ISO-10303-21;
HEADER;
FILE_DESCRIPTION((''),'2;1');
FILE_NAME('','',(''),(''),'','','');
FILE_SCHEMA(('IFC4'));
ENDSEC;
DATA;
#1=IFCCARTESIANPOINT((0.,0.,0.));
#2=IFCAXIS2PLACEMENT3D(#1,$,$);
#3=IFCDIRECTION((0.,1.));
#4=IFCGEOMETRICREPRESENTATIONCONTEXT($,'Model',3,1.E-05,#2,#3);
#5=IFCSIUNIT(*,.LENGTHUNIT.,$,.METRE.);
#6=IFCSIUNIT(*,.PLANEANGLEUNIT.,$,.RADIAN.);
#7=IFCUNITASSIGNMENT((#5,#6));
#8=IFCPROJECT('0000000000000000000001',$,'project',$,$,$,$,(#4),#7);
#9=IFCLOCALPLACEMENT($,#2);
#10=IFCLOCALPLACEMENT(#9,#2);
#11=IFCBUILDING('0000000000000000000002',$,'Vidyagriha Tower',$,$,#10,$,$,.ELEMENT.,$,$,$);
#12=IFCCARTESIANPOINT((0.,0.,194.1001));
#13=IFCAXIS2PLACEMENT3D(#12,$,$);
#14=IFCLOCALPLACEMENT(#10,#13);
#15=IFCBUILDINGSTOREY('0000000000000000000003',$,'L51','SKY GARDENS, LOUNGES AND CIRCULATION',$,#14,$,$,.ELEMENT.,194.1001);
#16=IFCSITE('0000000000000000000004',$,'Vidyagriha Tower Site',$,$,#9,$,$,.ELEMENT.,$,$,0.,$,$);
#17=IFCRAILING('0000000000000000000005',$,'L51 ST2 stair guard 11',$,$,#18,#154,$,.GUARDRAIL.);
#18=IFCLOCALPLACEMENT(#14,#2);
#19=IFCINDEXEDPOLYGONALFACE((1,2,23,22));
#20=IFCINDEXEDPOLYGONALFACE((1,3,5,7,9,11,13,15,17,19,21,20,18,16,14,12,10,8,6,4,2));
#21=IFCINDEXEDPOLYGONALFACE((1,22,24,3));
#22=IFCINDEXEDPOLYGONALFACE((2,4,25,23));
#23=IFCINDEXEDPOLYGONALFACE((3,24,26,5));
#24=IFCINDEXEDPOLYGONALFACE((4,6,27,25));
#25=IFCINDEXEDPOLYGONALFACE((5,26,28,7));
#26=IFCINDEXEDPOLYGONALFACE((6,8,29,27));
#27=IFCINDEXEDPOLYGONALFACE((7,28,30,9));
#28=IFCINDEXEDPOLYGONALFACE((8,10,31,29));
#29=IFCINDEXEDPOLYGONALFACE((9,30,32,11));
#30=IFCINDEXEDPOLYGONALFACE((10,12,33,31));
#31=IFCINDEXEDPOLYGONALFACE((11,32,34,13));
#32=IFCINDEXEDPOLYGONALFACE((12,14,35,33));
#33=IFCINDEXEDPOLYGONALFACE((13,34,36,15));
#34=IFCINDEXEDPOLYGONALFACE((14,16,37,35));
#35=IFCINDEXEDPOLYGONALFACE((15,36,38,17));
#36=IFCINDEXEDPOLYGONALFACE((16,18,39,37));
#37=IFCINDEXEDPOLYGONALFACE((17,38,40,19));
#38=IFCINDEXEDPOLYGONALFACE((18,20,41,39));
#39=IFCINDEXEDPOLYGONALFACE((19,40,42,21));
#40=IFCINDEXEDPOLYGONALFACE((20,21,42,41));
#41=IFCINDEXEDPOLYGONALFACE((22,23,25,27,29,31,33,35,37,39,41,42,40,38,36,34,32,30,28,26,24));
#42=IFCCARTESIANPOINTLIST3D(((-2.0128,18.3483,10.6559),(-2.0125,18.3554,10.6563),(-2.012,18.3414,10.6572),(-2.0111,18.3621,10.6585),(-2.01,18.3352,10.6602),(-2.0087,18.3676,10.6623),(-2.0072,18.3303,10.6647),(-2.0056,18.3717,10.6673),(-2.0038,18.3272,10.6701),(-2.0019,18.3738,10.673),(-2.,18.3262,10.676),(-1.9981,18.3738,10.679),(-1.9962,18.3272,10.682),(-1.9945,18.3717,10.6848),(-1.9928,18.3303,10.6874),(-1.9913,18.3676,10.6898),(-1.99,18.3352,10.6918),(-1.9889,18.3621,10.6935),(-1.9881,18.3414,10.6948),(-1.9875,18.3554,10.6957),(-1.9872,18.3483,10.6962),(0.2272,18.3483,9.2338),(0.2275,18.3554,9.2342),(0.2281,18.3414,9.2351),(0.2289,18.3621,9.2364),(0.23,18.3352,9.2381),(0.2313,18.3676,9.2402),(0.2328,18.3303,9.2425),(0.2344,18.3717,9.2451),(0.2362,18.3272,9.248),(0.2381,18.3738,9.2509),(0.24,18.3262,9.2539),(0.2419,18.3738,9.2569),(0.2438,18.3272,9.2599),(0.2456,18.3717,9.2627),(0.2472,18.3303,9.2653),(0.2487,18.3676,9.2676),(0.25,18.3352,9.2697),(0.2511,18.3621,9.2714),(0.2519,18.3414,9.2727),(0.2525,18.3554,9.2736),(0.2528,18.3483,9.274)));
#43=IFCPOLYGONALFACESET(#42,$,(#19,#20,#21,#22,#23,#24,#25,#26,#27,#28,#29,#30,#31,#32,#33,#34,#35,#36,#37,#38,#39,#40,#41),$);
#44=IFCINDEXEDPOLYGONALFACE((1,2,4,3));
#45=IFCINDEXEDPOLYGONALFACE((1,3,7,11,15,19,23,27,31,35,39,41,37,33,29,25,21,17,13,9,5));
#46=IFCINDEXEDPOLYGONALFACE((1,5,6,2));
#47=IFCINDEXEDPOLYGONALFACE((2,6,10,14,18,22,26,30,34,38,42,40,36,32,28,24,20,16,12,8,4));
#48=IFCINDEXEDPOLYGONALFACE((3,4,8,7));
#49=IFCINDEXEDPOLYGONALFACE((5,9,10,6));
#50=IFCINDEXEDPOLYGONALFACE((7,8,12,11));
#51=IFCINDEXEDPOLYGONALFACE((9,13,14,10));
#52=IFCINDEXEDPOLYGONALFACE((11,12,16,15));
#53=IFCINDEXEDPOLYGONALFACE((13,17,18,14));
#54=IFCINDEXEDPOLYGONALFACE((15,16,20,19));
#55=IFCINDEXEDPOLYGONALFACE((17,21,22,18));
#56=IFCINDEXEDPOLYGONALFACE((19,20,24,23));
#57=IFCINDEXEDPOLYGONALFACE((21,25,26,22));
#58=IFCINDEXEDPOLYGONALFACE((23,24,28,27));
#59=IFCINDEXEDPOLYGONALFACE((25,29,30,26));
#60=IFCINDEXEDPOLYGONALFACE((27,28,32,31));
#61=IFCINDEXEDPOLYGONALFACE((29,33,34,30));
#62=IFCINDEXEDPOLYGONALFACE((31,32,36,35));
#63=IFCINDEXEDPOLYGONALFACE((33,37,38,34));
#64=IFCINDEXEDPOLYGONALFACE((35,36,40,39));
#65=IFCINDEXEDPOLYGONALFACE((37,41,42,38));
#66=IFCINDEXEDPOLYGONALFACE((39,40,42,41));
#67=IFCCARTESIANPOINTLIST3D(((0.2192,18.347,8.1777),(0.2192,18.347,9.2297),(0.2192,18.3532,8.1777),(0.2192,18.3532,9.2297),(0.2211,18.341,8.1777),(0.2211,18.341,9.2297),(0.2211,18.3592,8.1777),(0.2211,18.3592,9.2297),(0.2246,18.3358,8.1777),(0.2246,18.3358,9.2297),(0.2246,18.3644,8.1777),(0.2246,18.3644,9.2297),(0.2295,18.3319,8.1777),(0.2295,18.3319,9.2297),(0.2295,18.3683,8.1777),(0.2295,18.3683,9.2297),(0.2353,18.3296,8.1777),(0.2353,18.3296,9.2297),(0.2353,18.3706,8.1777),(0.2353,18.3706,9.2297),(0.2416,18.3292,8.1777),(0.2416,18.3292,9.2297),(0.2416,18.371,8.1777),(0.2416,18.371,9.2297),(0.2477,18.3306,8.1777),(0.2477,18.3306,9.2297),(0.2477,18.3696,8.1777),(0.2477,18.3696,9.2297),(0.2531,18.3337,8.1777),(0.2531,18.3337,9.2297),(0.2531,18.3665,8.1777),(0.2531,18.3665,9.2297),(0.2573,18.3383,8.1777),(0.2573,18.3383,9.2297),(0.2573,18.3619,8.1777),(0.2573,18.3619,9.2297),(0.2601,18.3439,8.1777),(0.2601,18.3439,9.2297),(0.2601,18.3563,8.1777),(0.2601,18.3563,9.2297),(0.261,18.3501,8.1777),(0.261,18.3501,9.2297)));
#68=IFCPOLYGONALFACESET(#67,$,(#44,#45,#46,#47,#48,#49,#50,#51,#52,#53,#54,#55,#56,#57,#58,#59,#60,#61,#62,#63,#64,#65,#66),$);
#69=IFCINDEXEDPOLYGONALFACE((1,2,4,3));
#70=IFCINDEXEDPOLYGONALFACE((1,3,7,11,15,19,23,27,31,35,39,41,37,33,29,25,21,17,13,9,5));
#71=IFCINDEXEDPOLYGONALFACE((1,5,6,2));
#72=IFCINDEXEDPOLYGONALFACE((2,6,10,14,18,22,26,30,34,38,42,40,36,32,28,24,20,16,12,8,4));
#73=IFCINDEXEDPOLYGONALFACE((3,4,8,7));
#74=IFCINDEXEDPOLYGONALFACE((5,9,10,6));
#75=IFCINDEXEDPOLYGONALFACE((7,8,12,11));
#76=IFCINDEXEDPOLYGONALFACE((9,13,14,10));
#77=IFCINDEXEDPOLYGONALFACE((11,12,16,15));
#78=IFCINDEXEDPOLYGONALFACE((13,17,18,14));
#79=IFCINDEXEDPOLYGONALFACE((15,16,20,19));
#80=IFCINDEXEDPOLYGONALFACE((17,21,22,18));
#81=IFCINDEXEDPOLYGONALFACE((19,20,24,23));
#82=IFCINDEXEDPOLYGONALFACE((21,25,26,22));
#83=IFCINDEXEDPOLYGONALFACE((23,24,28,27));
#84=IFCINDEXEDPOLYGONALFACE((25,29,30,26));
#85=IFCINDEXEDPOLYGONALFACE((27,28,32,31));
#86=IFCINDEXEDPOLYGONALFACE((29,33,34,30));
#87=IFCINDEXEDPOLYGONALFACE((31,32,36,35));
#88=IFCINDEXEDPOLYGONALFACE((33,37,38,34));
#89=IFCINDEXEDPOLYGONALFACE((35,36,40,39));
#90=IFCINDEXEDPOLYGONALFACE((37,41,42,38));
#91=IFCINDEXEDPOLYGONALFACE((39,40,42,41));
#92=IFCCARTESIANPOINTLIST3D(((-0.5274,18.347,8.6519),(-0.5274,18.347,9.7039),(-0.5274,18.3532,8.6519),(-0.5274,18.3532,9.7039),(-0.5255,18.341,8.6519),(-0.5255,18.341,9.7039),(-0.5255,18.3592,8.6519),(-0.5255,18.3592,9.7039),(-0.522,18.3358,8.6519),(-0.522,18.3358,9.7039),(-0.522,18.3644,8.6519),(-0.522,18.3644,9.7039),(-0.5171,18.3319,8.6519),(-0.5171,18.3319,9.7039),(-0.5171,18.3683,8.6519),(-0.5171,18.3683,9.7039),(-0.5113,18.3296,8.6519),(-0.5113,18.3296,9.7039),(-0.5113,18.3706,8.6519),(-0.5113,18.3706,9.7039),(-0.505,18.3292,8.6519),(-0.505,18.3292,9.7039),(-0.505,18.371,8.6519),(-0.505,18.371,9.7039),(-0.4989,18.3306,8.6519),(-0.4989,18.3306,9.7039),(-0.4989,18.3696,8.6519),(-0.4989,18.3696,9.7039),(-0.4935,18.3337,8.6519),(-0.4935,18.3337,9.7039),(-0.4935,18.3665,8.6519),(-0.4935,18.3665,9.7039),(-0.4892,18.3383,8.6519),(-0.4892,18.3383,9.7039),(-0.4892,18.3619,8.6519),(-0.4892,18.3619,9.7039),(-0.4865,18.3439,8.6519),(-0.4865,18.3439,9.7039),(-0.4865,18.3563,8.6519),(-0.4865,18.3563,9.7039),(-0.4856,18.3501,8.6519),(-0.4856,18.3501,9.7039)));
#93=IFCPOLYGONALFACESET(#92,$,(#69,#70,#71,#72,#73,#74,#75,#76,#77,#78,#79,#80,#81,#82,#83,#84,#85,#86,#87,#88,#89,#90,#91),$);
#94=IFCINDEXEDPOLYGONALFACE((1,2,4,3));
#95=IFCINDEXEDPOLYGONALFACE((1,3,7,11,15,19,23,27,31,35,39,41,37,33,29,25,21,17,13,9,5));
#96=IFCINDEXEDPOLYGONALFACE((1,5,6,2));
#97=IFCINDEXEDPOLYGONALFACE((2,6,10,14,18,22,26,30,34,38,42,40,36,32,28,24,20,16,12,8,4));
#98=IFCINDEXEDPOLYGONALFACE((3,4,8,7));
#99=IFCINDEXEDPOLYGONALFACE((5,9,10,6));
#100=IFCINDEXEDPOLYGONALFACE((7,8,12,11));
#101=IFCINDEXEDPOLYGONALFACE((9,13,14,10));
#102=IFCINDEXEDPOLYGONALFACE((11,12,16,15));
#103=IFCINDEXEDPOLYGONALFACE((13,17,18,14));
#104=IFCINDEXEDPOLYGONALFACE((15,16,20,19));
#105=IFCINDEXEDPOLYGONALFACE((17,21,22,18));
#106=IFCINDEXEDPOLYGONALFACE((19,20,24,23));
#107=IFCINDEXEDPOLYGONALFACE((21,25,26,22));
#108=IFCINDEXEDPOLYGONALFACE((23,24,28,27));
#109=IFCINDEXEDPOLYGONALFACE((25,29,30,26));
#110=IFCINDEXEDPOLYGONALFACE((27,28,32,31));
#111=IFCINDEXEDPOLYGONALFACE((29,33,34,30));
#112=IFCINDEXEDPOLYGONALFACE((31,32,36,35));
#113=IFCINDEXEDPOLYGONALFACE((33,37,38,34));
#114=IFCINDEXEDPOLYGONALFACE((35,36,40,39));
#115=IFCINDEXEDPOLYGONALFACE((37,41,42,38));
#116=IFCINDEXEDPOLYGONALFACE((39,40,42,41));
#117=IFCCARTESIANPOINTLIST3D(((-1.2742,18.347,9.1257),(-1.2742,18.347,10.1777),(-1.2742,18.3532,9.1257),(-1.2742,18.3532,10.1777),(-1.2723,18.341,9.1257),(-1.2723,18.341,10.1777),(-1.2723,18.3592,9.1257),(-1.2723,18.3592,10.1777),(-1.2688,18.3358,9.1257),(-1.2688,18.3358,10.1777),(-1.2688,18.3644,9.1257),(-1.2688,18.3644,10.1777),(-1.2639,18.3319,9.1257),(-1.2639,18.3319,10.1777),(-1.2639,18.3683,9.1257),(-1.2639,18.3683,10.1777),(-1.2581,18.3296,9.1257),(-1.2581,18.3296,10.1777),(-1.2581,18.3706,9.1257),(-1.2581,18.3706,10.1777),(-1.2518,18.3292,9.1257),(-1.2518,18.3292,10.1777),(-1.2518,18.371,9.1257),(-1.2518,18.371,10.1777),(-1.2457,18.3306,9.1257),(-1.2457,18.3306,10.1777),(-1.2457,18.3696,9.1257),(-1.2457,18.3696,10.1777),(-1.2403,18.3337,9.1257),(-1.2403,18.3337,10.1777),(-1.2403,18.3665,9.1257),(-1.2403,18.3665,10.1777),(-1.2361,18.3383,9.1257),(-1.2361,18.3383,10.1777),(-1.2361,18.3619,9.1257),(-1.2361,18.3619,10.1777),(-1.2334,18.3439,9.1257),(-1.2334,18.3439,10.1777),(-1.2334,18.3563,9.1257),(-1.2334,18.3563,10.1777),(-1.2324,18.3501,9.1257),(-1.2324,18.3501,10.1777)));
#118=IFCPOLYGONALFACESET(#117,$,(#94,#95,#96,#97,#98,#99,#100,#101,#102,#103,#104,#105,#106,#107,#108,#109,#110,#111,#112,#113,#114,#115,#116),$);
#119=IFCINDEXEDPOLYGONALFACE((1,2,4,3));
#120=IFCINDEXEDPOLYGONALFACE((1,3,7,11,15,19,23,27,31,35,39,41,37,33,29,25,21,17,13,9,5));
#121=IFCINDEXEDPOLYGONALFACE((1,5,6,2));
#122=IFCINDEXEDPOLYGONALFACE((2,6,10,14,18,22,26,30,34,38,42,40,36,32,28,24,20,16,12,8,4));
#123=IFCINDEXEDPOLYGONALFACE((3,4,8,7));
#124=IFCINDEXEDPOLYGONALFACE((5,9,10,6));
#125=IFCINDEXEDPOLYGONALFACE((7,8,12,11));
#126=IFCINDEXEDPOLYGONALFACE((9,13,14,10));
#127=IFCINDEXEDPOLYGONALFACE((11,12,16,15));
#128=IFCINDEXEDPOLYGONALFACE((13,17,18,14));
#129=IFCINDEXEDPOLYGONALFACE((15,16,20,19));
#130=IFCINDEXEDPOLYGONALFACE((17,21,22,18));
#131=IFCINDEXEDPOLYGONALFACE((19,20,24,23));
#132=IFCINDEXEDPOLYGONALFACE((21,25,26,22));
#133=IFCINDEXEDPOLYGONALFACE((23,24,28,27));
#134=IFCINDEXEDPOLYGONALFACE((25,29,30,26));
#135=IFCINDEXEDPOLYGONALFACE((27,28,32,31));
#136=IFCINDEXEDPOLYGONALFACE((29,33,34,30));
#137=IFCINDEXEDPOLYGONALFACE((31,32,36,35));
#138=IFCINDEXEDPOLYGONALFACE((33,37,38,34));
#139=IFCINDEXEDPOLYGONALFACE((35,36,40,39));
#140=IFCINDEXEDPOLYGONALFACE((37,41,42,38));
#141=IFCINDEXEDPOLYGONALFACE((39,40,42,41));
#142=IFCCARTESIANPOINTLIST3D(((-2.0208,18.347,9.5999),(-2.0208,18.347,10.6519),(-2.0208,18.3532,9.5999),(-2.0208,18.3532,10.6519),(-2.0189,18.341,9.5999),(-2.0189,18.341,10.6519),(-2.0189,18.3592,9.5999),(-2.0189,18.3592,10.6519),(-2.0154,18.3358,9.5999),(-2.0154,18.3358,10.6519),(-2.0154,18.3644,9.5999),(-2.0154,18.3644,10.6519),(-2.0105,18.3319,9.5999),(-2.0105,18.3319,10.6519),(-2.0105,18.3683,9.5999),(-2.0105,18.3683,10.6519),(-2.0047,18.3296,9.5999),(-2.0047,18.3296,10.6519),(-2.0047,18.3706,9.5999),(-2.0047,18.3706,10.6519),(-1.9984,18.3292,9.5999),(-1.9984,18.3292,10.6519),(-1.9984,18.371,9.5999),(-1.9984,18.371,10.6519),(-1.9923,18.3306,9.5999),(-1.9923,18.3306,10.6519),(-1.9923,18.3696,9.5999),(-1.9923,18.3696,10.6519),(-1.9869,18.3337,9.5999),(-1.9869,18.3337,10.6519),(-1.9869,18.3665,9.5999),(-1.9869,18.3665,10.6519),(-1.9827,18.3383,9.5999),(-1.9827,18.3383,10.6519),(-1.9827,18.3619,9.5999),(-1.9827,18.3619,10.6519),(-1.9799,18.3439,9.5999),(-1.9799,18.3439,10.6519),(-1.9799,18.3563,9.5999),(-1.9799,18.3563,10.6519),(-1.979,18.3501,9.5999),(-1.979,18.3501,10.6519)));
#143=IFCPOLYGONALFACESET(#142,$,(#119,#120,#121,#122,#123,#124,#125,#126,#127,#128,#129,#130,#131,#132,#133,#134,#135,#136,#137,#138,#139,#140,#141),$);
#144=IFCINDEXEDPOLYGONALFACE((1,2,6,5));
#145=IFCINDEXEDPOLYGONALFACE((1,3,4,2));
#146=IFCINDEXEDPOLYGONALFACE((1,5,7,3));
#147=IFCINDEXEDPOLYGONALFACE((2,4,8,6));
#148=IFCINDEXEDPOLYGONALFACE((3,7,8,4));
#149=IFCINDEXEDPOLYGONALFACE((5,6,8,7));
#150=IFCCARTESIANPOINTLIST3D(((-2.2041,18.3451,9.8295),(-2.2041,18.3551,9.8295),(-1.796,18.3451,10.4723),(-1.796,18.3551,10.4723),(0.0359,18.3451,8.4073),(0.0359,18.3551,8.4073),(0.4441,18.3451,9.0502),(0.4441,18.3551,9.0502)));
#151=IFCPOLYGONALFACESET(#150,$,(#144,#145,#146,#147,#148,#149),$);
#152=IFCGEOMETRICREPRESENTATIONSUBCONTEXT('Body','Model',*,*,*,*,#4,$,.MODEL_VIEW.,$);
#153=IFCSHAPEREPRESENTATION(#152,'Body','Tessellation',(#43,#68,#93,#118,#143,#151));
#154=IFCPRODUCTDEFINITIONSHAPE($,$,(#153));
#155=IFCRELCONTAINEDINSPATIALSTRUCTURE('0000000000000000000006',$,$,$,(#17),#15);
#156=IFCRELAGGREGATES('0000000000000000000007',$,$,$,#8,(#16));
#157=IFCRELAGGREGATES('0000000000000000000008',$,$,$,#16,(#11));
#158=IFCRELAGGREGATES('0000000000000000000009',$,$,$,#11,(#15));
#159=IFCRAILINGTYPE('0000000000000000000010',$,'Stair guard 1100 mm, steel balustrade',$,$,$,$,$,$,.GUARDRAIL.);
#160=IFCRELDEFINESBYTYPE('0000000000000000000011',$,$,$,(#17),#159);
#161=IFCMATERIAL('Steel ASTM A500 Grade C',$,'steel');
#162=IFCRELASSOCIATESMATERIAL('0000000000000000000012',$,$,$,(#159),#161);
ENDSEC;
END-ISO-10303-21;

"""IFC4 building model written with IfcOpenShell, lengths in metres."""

from ifc_helpers import new_model, si_unit, direction, frame, origin, origin_2d, place, context, subcontext, project, spatial, rectangle, circle, extrude, material, type_object, element, save


model = new_model("IFC4")

# Units and contexts
model_context = context("Model", 3, precision=1e-05, world=origin(), true_north=direction((0.0, 1.0)))
body_context = subcontext(model_context, "Body", "Model", "MODEL_VIEW")
ifc_project = project(units=[si_unit("LENGTHUNIT", "METRE"), si_unit("PLANEANGLEUNIT", "RADIAN")], contexts=[model_context])

# Site, building, storey
site_placement = place(None, origin())
site = spatial("IfcSite", under=ifc_project, at=site_placement, Name="Vidyagriha Tower Site", CompositionType="ELEMENT", RefElevation=0.0)
building_placement = place(site_placement, origin())
building = spatial("IfcBuilding", under=site, at=building_placement, Name="Vidyagriha Tower", CompositionType="ELEMENT")
storey_placement = place(building_placement, frame((0.0, 0.0, 194.1001)))
storey = spatial("IfcBuildingStorey", under=building, at=storey_placement, Name="L51", Description="SKY GARDENS, LOUNGES AND CIRCULATION", CompositionType="ELEMENT", Elevation=194.1001)

# Railing
ifc_material_1 = material(Name="Steel ASTM A500 Grade C", Category="steel")
railing_type_1 = type_object("IfcRailingType", Name="Stair guard 1100 mm, steel balustrade", PredefinedType="GUARDRAIL", material=ifc_material_1)
railing_1_placement = place(storey_placement, frame((0.24, 18.3501, 8.1777)))
element("IfcRailing", 1, at=railing_1_placement, inside=storey, type_object=railing_type_1, Name="L51 ST2 stair guard 11", PredefinedType="GUARDRAIL", context=body_context, shape_type="SweptSolid", body=[
    extrude(circle(Radius=0.0239, at=origin_2d()), frame((0.0, 0.0, 1.0762), z_axis=(-0.844229, 0.0, 0.535982), x_axis=(0.0, -1.0, 0.0)), (0.0, 0.0, 1.0), 2.6533),
    extrude(circle(Radius=0.021, at=origin_2d()), origin(), (0.0, 0.0, 1.0), 1.052),
    extrude(circle(Radius=0.021, at=origin_2d()), frame((-0.7466, 0.0, 0.4741)), (0.0, 0.0, 1.0), 1.052),
    extrude(circle(Radius=0.021, at=origin_2d()), frame((-1.4934, 0.0, 0.948)), (0.0, 0.0, 1.0), 1.052),
    extrude(circle(Radius=0.021, at=origin_2d()), frame((-2.24, 0.0, 1.4221)), (0.0, 0.0, 1.0), 1.052),
    extrude(rectangle(XDim=0.01, YDim=0.7615, at=origin_2d()), frame((0.0, 0.0, 0.551), z_axis=(-0.844229, 0.0, 0.535982), x_axis=(0.0, -1.0, 0.0)), (0.0, 0.0, 1.0), 2.6533),
])

save(model, "model.ifc")
